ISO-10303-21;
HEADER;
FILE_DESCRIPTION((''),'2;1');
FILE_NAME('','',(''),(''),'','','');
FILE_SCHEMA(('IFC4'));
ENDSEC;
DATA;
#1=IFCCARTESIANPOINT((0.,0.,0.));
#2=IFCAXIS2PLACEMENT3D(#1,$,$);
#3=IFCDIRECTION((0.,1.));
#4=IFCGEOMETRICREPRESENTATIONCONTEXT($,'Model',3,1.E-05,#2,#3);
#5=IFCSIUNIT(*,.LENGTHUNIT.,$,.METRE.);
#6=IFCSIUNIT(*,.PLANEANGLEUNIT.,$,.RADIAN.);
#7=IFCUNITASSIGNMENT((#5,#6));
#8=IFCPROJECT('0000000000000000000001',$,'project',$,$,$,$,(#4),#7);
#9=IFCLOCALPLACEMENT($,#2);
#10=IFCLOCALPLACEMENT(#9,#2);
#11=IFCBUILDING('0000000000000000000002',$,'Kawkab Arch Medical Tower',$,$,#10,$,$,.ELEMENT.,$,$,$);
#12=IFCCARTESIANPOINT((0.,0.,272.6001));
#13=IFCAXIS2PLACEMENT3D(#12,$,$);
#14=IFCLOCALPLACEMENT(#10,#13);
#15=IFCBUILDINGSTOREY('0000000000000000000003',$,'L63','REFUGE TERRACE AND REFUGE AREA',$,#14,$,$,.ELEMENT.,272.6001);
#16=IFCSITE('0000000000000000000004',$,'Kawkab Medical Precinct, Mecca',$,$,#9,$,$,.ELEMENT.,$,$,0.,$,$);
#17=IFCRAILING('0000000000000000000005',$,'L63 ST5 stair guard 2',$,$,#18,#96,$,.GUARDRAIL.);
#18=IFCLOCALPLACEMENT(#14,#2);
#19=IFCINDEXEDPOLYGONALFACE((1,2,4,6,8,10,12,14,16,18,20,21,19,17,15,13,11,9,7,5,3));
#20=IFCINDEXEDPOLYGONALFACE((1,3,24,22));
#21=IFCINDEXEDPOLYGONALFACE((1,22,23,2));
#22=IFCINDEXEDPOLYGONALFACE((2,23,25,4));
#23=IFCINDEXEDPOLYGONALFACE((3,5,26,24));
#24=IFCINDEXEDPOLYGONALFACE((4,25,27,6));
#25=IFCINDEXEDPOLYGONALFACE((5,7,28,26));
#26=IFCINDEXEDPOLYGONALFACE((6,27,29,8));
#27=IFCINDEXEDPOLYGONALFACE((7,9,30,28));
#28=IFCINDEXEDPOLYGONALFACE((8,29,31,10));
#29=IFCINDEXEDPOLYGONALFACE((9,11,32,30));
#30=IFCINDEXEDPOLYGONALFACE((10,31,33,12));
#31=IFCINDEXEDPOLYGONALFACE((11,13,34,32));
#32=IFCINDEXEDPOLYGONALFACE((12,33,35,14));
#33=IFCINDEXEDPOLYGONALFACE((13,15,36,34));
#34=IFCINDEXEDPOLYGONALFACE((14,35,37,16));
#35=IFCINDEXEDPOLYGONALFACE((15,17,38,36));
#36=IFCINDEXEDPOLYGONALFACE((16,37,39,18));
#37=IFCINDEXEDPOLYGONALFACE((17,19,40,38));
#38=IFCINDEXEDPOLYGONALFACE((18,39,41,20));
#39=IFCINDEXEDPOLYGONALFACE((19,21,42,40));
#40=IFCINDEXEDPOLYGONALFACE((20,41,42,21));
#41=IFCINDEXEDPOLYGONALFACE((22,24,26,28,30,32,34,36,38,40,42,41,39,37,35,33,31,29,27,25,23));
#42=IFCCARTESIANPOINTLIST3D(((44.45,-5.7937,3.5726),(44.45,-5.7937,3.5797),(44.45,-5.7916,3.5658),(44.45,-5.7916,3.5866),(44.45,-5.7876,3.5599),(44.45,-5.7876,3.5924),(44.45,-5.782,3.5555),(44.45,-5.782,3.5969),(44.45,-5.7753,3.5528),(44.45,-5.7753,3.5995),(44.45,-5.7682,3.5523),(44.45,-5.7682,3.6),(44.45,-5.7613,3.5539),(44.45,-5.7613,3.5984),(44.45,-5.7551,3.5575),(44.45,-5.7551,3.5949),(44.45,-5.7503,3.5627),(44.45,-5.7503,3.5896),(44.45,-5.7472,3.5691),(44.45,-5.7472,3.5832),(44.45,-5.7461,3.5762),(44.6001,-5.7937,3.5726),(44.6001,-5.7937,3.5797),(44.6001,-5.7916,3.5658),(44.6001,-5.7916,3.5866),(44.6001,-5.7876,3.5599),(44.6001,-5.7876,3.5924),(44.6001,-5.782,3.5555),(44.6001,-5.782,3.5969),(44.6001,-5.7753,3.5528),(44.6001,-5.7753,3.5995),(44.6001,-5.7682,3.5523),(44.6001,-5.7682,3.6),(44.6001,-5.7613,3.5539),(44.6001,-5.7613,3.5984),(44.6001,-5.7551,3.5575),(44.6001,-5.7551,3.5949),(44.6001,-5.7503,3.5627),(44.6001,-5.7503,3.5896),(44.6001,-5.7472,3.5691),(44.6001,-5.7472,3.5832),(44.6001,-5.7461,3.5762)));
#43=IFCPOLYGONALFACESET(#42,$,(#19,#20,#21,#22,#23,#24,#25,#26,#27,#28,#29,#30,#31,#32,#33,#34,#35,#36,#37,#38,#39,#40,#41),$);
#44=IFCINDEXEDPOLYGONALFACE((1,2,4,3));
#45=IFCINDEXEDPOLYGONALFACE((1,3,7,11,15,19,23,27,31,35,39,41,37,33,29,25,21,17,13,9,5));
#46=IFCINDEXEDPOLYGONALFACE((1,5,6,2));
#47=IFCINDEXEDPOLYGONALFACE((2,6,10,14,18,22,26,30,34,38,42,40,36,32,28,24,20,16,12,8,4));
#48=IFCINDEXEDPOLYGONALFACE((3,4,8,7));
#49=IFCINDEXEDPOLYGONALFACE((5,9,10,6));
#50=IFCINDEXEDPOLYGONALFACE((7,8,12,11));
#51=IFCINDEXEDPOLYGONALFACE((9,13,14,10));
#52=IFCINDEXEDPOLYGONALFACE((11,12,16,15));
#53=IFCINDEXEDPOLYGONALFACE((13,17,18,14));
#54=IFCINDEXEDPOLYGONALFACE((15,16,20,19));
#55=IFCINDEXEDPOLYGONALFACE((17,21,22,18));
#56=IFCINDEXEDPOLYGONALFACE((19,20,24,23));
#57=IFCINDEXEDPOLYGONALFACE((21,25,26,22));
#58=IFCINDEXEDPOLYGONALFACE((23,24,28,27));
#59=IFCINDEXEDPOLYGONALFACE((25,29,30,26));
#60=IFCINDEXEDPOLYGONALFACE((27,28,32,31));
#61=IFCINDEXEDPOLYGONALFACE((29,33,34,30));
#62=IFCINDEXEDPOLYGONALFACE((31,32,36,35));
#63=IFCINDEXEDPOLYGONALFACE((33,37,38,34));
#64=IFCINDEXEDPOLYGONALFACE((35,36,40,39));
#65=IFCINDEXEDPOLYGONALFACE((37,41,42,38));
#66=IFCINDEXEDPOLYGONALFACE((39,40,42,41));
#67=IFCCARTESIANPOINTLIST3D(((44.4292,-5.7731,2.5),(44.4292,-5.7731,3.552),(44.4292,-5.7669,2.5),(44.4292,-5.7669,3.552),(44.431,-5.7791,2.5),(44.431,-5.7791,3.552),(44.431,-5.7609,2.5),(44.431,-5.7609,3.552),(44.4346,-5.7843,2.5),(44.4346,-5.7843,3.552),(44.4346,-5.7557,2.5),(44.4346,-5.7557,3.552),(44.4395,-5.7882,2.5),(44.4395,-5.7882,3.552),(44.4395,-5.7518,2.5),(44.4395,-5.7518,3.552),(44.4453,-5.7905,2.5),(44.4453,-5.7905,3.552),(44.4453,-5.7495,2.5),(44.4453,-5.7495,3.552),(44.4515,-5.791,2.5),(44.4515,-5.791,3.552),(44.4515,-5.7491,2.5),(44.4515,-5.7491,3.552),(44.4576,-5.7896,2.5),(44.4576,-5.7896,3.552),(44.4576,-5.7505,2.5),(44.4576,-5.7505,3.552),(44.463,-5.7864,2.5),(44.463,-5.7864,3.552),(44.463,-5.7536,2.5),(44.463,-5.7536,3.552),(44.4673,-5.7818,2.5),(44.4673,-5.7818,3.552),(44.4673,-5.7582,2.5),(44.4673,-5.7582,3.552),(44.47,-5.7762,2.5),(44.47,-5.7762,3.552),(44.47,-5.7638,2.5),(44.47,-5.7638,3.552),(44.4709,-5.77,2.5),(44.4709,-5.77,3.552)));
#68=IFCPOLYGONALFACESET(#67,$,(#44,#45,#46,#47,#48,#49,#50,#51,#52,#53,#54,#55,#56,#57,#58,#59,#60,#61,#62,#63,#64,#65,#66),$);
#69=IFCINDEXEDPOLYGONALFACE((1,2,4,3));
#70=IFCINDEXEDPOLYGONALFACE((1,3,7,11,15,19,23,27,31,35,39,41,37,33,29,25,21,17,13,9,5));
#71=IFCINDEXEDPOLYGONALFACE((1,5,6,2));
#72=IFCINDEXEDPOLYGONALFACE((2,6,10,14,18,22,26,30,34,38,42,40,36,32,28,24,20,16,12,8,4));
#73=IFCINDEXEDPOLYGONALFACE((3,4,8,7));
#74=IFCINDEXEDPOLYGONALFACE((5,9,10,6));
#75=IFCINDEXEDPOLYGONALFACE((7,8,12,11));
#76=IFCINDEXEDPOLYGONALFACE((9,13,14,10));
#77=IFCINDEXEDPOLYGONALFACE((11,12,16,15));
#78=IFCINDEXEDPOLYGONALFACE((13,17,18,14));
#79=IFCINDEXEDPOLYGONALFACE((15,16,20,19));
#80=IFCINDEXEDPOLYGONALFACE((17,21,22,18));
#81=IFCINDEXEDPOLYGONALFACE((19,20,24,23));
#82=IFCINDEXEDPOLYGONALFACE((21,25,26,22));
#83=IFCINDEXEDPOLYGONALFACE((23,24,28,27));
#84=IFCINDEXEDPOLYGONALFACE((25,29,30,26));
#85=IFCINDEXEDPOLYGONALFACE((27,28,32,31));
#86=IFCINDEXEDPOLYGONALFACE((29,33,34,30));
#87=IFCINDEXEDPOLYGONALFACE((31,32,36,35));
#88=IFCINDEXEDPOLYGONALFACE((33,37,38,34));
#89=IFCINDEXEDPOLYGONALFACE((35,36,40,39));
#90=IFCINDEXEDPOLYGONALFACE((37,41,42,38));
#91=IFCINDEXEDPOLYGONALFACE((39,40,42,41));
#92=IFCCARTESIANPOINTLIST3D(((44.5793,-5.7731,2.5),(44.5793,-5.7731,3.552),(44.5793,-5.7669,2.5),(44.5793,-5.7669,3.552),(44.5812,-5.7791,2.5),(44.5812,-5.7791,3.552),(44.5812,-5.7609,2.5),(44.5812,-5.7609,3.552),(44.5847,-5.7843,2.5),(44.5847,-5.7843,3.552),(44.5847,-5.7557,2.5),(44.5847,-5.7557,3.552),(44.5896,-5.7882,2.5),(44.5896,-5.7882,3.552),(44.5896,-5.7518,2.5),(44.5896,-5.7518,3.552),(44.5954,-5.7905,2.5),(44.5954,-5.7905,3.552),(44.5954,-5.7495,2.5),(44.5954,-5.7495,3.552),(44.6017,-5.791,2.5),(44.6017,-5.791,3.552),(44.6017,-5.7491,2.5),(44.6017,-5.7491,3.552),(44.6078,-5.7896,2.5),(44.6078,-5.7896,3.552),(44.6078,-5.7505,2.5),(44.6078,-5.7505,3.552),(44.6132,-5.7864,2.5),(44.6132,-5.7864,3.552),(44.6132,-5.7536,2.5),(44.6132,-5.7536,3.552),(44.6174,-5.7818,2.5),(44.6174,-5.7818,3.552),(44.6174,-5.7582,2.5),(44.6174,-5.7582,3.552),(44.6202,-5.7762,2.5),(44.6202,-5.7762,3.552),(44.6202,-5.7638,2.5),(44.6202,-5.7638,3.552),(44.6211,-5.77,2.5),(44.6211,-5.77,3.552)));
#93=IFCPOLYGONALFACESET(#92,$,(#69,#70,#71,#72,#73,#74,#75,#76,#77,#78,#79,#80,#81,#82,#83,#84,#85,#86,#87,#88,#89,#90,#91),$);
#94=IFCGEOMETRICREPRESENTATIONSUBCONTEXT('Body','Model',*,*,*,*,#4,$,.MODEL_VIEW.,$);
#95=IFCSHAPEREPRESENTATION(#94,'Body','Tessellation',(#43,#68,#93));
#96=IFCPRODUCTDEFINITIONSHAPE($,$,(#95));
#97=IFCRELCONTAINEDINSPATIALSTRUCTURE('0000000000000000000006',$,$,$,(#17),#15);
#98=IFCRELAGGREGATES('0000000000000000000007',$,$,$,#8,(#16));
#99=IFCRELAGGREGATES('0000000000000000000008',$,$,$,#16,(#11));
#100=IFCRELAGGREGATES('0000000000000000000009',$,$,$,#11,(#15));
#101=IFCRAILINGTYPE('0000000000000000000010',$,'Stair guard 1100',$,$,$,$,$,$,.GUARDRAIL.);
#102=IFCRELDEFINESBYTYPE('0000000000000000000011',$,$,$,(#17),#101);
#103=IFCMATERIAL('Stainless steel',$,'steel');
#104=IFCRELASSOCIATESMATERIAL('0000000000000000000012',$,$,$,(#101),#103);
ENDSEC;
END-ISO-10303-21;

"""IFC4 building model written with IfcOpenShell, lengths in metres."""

from ifc_helpers import new_model, si_unit, direction, frame, origin, origin_2d, place, context, subcontext, project, spatial, circle, extrude, material, type_object, element, save


model = new_model("IFC4")

# Units and contexts
model_context = context("Model", 3, precision=1e-05, world=origin(), true_north=direction((0.0, 1.0)))
body_context = subcontext(model_context, "Body", "Model", "MODEL_VIEW")
ifc_project = project(units=[si_unit("LENGTHUNIT", "METRE"), si_unit("PLANEANGLEUNIT", "RADIAN")], contexts=[model_context])

# Site, building, storey
site_placement = place(None, origin())
site = spatial("IfcSite", under=ifc_project, at=site_placement, Name="Kawkab Medical Precinct, Mecca", CompositionType="ELEMENT", RefElevation=0.0)
building_placement = place(site_placement, origin())
building = spatial("IfcBuilding", under=site, at=building_placement, Name="Kawkab Arch Medical Tower", CompositionType="ELEMENT")
storey_placement = place(building_placement, frame((0.0, 0.0, 272.6001)))
storey = spatial("IfcBuildingStorey", under=building, at=storey_placement, Name="L63", Description="REFUGE TERRACE AND REFUGE AREA", CompositionType="ELEMENT", Elevation=272.6001)

# Railing
ifc_material_1 = material(Name="Stainless steel", Category="steel")
railing_type_1 = type_object("IfcRailingType", Name="Stair guard 1100", PredefinedType="GUARDRAIL", material=ifc_material_1)
railing_1_placement = place(storey_placement, frame((44.45, -5.77, 2.5)))
element("IfcRailing", 1, at=railing_1_placement, inside=storey, type_object=railing_type_1, Name="L63 ST5 stair guard 2", PredefinedType="GUARDRAIL", context=body_context, shape_type="SweptSolid", body=[
    extrude(circle(Radius=0.0239, at=origin_2d()), frame((0.0, 0.0, 1.0762), z_axis=(1.0, 0.0, 0.0), x_axis=(0.0, 1.0, 0.0)), (0.0, 0.0, 1.0), 0.1501),
    extrude(circle(Radius=0.021, at=origin_2d()), origin(), (0.0, 0.0, 1.0), 1.052),
    extrude(circle(Radius=0.021, at=origin_2d()), frame((0.1501, 0.0, 0.0)), (0.0, 0.0, 1.0), 1.052),
])

save(model, "model.ifc")
